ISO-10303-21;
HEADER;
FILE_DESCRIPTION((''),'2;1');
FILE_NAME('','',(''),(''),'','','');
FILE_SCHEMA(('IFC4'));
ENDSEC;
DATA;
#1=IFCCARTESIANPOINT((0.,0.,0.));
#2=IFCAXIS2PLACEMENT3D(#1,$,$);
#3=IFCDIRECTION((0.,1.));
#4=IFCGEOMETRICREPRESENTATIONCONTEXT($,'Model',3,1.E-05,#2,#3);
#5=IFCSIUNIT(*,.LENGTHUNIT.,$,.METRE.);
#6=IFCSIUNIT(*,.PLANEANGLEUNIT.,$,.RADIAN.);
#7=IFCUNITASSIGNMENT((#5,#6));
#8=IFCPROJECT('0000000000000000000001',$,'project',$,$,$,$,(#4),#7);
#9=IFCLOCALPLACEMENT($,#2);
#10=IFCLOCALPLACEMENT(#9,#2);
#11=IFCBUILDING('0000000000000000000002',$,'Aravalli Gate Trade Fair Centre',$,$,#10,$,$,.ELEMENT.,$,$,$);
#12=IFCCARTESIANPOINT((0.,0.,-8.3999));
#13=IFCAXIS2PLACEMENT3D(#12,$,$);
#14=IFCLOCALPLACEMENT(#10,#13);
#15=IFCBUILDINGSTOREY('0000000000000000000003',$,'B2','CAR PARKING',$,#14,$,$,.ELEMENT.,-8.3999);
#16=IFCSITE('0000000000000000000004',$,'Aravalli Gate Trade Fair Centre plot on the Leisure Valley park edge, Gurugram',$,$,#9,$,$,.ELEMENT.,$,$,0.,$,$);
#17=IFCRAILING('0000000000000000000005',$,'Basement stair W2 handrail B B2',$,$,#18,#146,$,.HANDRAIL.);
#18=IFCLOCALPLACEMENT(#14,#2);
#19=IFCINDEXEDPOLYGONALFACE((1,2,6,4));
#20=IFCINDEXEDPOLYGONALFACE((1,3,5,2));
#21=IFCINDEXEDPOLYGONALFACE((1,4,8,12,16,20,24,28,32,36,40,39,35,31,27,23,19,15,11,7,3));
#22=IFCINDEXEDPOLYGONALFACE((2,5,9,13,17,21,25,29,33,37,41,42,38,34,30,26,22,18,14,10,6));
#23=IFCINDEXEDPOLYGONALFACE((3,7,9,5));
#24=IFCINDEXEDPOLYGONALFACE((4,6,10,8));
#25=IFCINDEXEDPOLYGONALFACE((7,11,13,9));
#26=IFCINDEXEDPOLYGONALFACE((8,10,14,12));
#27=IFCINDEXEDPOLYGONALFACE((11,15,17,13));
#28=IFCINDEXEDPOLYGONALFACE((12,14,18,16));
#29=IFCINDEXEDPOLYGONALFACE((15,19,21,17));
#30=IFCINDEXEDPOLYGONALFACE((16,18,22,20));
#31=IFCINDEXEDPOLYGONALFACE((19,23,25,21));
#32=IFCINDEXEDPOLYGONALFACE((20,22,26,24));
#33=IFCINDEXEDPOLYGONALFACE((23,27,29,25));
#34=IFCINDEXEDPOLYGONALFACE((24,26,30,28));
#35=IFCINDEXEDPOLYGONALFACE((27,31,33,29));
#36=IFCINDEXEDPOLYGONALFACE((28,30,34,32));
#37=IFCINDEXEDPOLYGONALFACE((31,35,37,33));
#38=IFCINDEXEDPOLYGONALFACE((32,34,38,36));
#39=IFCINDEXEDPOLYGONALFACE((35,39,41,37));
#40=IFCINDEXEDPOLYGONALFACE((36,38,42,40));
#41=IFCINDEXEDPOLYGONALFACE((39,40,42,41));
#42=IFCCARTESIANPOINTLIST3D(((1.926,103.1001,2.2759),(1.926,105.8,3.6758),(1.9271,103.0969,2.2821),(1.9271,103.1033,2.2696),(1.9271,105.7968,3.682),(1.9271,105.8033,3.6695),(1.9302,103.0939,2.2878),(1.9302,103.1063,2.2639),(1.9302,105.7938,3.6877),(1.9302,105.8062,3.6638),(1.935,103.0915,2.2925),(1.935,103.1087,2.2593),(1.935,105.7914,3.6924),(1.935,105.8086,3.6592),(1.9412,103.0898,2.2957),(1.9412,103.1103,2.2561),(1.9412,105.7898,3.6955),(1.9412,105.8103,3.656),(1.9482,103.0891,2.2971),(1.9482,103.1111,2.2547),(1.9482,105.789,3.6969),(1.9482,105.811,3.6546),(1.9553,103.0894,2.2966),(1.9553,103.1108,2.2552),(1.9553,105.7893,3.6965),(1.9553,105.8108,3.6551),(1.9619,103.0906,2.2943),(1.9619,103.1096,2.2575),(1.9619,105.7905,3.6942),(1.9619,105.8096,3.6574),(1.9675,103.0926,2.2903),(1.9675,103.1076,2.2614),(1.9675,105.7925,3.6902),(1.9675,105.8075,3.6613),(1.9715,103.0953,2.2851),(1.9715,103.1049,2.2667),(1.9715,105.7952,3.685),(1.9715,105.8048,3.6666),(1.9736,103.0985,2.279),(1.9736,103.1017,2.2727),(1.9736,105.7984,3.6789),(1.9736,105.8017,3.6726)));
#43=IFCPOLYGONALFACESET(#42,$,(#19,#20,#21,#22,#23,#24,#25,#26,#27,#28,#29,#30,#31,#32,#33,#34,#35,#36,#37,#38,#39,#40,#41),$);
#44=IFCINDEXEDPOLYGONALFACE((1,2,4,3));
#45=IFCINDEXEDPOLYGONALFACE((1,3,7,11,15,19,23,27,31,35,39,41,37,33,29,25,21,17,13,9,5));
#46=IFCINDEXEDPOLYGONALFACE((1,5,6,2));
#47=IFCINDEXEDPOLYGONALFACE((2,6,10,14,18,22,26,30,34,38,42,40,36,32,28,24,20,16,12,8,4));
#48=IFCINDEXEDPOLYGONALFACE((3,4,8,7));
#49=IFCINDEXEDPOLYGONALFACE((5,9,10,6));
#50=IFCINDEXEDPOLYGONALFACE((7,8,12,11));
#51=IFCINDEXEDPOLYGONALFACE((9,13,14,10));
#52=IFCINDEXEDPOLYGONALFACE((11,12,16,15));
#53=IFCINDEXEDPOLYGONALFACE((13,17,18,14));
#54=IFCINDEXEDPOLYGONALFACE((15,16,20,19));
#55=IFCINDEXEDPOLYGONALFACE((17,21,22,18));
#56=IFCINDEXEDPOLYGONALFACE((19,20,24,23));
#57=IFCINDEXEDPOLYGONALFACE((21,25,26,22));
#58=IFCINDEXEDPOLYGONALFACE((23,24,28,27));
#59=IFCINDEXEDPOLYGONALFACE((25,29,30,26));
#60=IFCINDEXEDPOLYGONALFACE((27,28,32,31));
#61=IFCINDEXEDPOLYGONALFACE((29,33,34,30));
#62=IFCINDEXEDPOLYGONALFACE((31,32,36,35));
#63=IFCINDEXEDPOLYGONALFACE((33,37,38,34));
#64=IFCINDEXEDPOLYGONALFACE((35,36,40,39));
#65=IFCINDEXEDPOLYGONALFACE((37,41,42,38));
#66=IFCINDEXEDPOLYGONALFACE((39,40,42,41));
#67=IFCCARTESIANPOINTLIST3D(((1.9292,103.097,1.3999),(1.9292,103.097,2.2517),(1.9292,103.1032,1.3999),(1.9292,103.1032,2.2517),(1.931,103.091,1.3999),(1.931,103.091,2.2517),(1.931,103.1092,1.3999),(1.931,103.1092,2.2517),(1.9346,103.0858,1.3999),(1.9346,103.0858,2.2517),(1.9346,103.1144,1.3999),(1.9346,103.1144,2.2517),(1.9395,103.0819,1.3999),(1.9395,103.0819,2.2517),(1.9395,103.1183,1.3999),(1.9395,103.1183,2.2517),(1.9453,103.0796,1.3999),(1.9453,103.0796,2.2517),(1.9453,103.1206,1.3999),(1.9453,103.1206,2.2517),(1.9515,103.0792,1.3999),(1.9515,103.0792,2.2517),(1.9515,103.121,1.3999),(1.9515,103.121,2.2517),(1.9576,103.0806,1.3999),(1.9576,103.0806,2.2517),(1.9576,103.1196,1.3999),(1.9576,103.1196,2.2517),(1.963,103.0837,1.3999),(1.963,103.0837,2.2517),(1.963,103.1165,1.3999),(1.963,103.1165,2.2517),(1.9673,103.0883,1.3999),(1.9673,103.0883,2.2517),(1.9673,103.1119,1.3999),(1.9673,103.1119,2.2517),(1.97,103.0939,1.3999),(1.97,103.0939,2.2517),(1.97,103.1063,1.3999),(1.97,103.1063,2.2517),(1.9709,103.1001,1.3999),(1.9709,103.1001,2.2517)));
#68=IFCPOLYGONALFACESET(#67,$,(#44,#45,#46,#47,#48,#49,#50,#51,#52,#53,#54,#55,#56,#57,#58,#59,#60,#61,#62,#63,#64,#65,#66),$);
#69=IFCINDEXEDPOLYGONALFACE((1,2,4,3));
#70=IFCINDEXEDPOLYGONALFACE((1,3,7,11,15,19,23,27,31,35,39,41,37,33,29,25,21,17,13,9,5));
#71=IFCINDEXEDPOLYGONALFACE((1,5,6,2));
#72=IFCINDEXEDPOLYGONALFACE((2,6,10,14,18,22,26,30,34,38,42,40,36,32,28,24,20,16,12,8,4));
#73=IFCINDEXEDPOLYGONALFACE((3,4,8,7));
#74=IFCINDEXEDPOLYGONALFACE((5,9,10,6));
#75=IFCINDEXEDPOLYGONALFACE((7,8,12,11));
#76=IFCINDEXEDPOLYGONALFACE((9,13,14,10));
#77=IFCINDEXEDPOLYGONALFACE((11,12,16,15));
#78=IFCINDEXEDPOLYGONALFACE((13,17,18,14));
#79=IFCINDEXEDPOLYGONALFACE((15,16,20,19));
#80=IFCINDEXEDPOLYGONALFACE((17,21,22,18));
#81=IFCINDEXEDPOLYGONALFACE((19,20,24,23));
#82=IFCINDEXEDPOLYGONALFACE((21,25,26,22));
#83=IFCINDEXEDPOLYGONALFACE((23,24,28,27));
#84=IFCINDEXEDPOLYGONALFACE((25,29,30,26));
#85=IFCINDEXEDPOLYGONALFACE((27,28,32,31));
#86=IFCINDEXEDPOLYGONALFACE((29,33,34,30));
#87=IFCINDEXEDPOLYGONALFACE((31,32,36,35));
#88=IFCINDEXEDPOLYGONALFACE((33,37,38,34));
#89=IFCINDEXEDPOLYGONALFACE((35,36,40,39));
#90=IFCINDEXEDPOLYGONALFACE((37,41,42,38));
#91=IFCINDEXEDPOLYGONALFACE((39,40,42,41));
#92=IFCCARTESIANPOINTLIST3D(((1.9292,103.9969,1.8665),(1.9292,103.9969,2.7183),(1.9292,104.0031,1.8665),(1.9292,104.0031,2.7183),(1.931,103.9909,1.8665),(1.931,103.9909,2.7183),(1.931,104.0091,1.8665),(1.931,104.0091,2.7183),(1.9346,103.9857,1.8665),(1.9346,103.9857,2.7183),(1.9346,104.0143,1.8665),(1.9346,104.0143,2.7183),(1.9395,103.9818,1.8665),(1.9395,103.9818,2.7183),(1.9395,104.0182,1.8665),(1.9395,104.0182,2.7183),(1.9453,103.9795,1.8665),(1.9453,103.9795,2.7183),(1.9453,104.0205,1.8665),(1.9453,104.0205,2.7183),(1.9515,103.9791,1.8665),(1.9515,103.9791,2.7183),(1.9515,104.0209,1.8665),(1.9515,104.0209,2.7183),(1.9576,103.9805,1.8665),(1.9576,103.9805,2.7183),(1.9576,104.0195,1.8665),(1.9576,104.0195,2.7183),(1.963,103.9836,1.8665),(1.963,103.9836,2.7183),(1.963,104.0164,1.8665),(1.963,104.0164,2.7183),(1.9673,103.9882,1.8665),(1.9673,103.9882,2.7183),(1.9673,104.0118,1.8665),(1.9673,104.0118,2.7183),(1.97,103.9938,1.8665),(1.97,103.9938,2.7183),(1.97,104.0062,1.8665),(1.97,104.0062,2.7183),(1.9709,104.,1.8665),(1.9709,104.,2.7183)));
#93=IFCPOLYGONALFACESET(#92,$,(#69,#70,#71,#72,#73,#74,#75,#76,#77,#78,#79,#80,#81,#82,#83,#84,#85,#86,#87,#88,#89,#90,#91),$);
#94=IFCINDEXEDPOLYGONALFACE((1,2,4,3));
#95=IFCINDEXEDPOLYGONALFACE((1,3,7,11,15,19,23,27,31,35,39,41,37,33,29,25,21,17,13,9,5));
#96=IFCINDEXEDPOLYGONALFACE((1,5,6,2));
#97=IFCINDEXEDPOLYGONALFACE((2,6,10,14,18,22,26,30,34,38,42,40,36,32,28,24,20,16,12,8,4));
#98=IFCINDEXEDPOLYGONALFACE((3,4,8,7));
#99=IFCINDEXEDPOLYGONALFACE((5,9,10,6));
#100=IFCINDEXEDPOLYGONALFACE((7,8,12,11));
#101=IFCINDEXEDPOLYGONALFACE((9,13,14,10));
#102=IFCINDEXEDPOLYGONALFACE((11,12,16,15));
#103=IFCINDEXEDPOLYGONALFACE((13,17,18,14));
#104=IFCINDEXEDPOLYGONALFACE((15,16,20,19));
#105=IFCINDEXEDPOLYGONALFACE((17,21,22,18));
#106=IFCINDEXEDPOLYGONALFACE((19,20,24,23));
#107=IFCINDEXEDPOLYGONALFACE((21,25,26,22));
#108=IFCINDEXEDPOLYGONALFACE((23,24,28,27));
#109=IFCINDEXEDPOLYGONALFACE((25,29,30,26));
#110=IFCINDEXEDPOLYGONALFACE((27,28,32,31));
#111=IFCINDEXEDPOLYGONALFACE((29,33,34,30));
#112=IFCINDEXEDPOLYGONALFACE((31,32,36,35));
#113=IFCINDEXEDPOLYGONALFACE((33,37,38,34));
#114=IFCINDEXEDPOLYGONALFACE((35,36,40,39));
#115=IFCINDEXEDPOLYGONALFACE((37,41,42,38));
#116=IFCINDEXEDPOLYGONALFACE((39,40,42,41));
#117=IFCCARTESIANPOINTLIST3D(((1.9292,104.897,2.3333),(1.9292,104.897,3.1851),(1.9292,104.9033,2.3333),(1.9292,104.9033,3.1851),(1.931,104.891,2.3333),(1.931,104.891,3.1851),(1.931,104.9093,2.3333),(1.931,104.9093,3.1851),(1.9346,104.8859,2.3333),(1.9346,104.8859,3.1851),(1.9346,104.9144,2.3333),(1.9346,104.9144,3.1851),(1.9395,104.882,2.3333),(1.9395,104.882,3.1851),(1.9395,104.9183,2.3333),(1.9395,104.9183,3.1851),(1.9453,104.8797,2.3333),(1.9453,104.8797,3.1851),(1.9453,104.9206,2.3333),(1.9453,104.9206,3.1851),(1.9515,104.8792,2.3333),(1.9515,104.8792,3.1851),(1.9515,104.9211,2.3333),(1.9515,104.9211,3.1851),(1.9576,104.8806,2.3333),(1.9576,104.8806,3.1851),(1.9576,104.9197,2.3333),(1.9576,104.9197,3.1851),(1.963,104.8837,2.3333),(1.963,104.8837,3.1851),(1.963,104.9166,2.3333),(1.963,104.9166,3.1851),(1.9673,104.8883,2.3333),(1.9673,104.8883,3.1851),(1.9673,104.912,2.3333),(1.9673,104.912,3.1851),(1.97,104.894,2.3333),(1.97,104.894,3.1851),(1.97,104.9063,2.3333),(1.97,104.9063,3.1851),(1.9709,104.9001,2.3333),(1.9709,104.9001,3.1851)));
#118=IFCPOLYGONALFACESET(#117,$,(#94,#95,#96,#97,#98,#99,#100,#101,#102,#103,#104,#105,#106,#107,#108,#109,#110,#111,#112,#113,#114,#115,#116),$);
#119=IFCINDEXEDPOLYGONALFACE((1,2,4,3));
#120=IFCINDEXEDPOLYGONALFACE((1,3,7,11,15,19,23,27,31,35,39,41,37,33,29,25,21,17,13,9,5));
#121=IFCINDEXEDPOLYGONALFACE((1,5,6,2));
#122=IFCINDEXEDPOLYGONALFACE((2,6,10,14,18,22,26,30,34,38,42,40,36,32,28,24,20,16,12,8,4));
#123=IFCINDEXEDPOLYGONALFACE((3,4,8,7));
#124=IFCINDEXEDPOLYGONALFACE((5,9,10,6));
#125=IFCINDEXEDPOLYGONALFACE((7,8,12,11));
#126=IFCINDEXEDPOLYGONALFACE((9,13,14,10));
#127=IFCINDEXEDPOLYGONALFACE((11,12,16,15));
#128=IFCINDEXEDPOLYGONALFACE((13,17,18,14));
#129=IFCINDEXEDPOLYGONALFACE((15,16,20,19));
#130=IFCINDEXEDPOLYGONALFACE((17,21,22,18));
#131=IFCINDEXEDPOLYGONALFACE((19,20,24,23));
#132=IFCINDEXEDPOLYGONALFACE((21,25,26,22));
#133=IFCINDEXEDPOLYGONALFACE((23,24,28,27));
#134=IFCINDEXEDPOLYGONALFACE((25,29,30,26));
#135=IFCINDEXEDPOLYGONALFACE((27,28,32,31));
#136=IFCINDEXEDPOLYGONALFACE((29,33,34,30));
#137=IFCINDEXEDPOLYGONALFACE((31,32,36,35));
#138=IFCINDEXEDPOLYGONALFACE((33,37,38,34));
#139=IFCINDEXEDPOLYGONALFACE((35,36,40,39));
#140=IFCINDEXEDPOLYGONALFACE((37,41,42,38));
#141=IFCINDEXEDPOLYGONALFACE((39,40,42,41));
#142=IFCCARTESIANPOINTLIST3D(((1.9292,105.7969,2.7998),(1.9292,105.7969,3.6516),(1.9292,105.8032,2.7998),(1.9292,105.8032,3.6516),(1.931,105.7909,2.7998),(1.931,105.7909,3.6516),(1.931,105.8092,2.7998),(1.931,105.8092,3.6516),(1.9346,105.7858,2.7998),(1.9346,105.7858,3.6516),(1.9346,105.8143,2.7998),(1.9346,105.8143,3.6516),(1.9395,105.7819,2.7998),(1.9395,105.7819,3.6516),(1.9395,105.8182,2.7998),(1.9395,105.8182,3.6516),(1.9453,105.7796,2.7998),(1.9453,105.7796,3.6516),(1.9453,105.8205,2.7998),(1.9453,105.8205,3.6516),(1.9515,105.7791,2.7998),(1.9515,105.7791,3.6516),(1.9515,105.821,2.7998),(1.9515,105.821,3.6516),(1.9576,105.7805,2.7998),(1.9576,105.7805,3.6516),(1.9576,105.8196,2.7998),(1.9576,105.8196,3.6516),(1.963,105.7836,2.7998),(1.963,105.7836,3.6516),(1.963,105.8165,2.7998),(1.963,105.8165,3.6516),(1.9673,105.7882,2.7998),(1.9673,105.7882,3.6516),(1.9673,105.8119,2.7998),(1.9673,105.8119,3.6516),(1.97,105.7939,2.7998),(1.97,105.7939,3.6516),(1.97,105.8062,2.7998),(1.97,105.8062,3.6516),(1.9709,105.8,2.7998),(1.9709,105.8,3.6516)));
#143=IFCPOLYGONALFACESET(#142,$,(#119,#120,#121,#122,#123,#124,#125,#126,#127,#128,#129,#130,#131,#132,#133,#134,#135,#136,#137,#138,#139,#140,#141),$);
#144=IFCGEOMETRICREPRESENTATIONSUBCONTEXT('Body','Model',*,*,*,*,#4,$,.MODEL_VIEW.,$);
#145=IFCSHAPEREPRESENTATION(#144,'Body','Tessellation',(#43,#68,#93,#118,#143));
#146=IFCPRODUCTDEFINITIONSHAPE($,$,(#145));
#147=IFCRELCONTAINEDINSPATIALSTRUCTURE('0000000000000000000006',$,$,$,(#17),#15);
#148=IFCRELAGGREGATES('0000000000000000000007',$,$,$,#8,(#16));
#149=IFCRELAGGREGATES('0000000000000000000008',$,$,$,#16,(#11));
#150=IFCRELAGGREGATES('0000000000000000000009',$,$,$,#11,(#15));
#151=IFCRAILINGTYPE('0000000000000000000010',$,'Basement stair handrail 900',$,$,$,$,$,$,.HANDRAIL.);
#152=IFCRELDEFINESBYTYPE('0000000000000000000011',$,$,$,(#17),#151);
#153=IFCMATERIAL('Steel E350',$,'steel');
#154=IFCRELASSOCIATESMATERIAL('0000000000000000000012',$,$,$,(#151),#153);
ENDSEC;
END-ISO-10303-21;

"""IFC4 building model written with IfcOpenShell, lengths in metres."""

from ifc_helpers import new_model, si_unit, direction, frame, origin, origin_2d, place, context, subcontext, project, spatial, circle, extrude, material, type_object, element, save


model = new_model("IFC4")

# Units and contexts
model_context = context("Model", 3, precision=1e-05, world=origin(), true_north=direction((0.0, 1.0)))
body_context = subcontext(model_context, "Body", "Model", "MODEL_VIEW")
ifc_project = project(units=[si_unit("LENGTHUNIT", "METRE"), si_unit("PLANEANGLEUNIT", "RADIAN")], contexts=[model_context])

# Site, building, storey
site_placement = place(None, origin())
site = spatial("IfcSite", under=ifc_project, at=site_placement, Name="Aravalli Gate Trade Fair Centre plot on the Leisure Valley park edge, Gurugram", CompositionType="ELEMENT", RefElevation=0.0)
building_placement = place(site_placement, origin())
building = spatial("IfcBuilding", under=site, at=building_placement, Name="Aravalli Gate Trade Fair Centre", CompositionType="ELEMENT")
storey_placement = place(building_placement, frame((0.0, 0.0, -8.3999)))
storey = spatial("IfcBuildingStorey", under=building, at=storey_placement, Name="B2", Description="CAR PARKING", CompositionType="ELEMENT", Elevation=-8.3999)

# Railing
ifc_material_1 = material(Name="Steel E350", Category="steel")
railing_type_1 = type_object("IfcRailingType", Name="Basement stair handrail 900", PredefinedType="HANDRAIL", material=ifc_material_1)
railing_1_placement = place(storey_placement, frame((1.95, 103.1001, 1.3999)))
element("IfcRailing", 1, at=railing_1_placement, inside=storey, type_object=railing_type_1, Name="Basement stair W2 handrail B B2", PredefinedType="HANDRAIL", context=body_context, shape_type="SweptSolid", body=[
    extrude(circle(Radius=0.0239, at=origin_2d()), frame((0.0, 0.0, 0.876), z_axis=(0.0, 0.887764, 0.460298), x_axis=(-1.0, 0.0, 0.0)), (0.0, 0.0, 1.0), 3.0413),
    extrude(circle(Radius=0.021, at=origin_2d()), origin(), (0.0, 0.0, 1.0), 0.8518),
    extrude(circle(Radius=0.021, at=origin_2d()), frame((0.0, 0.8999, 0.4666)), (0.0, 0.0, 1.0), 0.8518),
    extrude(circle(Radius=0.021, at=origin_2d()), frame((0.0, 1.8, 0.9333)), (0.0, 0.0, 1.0), 0.8518),
    extrude(circle(Radius=0.021, at=origin_2d()), frame((0.0, 2.7, 1.3999)), (0.0, 0.0, 1.0), 0.8518),
])

save(model, "model.ifc")
